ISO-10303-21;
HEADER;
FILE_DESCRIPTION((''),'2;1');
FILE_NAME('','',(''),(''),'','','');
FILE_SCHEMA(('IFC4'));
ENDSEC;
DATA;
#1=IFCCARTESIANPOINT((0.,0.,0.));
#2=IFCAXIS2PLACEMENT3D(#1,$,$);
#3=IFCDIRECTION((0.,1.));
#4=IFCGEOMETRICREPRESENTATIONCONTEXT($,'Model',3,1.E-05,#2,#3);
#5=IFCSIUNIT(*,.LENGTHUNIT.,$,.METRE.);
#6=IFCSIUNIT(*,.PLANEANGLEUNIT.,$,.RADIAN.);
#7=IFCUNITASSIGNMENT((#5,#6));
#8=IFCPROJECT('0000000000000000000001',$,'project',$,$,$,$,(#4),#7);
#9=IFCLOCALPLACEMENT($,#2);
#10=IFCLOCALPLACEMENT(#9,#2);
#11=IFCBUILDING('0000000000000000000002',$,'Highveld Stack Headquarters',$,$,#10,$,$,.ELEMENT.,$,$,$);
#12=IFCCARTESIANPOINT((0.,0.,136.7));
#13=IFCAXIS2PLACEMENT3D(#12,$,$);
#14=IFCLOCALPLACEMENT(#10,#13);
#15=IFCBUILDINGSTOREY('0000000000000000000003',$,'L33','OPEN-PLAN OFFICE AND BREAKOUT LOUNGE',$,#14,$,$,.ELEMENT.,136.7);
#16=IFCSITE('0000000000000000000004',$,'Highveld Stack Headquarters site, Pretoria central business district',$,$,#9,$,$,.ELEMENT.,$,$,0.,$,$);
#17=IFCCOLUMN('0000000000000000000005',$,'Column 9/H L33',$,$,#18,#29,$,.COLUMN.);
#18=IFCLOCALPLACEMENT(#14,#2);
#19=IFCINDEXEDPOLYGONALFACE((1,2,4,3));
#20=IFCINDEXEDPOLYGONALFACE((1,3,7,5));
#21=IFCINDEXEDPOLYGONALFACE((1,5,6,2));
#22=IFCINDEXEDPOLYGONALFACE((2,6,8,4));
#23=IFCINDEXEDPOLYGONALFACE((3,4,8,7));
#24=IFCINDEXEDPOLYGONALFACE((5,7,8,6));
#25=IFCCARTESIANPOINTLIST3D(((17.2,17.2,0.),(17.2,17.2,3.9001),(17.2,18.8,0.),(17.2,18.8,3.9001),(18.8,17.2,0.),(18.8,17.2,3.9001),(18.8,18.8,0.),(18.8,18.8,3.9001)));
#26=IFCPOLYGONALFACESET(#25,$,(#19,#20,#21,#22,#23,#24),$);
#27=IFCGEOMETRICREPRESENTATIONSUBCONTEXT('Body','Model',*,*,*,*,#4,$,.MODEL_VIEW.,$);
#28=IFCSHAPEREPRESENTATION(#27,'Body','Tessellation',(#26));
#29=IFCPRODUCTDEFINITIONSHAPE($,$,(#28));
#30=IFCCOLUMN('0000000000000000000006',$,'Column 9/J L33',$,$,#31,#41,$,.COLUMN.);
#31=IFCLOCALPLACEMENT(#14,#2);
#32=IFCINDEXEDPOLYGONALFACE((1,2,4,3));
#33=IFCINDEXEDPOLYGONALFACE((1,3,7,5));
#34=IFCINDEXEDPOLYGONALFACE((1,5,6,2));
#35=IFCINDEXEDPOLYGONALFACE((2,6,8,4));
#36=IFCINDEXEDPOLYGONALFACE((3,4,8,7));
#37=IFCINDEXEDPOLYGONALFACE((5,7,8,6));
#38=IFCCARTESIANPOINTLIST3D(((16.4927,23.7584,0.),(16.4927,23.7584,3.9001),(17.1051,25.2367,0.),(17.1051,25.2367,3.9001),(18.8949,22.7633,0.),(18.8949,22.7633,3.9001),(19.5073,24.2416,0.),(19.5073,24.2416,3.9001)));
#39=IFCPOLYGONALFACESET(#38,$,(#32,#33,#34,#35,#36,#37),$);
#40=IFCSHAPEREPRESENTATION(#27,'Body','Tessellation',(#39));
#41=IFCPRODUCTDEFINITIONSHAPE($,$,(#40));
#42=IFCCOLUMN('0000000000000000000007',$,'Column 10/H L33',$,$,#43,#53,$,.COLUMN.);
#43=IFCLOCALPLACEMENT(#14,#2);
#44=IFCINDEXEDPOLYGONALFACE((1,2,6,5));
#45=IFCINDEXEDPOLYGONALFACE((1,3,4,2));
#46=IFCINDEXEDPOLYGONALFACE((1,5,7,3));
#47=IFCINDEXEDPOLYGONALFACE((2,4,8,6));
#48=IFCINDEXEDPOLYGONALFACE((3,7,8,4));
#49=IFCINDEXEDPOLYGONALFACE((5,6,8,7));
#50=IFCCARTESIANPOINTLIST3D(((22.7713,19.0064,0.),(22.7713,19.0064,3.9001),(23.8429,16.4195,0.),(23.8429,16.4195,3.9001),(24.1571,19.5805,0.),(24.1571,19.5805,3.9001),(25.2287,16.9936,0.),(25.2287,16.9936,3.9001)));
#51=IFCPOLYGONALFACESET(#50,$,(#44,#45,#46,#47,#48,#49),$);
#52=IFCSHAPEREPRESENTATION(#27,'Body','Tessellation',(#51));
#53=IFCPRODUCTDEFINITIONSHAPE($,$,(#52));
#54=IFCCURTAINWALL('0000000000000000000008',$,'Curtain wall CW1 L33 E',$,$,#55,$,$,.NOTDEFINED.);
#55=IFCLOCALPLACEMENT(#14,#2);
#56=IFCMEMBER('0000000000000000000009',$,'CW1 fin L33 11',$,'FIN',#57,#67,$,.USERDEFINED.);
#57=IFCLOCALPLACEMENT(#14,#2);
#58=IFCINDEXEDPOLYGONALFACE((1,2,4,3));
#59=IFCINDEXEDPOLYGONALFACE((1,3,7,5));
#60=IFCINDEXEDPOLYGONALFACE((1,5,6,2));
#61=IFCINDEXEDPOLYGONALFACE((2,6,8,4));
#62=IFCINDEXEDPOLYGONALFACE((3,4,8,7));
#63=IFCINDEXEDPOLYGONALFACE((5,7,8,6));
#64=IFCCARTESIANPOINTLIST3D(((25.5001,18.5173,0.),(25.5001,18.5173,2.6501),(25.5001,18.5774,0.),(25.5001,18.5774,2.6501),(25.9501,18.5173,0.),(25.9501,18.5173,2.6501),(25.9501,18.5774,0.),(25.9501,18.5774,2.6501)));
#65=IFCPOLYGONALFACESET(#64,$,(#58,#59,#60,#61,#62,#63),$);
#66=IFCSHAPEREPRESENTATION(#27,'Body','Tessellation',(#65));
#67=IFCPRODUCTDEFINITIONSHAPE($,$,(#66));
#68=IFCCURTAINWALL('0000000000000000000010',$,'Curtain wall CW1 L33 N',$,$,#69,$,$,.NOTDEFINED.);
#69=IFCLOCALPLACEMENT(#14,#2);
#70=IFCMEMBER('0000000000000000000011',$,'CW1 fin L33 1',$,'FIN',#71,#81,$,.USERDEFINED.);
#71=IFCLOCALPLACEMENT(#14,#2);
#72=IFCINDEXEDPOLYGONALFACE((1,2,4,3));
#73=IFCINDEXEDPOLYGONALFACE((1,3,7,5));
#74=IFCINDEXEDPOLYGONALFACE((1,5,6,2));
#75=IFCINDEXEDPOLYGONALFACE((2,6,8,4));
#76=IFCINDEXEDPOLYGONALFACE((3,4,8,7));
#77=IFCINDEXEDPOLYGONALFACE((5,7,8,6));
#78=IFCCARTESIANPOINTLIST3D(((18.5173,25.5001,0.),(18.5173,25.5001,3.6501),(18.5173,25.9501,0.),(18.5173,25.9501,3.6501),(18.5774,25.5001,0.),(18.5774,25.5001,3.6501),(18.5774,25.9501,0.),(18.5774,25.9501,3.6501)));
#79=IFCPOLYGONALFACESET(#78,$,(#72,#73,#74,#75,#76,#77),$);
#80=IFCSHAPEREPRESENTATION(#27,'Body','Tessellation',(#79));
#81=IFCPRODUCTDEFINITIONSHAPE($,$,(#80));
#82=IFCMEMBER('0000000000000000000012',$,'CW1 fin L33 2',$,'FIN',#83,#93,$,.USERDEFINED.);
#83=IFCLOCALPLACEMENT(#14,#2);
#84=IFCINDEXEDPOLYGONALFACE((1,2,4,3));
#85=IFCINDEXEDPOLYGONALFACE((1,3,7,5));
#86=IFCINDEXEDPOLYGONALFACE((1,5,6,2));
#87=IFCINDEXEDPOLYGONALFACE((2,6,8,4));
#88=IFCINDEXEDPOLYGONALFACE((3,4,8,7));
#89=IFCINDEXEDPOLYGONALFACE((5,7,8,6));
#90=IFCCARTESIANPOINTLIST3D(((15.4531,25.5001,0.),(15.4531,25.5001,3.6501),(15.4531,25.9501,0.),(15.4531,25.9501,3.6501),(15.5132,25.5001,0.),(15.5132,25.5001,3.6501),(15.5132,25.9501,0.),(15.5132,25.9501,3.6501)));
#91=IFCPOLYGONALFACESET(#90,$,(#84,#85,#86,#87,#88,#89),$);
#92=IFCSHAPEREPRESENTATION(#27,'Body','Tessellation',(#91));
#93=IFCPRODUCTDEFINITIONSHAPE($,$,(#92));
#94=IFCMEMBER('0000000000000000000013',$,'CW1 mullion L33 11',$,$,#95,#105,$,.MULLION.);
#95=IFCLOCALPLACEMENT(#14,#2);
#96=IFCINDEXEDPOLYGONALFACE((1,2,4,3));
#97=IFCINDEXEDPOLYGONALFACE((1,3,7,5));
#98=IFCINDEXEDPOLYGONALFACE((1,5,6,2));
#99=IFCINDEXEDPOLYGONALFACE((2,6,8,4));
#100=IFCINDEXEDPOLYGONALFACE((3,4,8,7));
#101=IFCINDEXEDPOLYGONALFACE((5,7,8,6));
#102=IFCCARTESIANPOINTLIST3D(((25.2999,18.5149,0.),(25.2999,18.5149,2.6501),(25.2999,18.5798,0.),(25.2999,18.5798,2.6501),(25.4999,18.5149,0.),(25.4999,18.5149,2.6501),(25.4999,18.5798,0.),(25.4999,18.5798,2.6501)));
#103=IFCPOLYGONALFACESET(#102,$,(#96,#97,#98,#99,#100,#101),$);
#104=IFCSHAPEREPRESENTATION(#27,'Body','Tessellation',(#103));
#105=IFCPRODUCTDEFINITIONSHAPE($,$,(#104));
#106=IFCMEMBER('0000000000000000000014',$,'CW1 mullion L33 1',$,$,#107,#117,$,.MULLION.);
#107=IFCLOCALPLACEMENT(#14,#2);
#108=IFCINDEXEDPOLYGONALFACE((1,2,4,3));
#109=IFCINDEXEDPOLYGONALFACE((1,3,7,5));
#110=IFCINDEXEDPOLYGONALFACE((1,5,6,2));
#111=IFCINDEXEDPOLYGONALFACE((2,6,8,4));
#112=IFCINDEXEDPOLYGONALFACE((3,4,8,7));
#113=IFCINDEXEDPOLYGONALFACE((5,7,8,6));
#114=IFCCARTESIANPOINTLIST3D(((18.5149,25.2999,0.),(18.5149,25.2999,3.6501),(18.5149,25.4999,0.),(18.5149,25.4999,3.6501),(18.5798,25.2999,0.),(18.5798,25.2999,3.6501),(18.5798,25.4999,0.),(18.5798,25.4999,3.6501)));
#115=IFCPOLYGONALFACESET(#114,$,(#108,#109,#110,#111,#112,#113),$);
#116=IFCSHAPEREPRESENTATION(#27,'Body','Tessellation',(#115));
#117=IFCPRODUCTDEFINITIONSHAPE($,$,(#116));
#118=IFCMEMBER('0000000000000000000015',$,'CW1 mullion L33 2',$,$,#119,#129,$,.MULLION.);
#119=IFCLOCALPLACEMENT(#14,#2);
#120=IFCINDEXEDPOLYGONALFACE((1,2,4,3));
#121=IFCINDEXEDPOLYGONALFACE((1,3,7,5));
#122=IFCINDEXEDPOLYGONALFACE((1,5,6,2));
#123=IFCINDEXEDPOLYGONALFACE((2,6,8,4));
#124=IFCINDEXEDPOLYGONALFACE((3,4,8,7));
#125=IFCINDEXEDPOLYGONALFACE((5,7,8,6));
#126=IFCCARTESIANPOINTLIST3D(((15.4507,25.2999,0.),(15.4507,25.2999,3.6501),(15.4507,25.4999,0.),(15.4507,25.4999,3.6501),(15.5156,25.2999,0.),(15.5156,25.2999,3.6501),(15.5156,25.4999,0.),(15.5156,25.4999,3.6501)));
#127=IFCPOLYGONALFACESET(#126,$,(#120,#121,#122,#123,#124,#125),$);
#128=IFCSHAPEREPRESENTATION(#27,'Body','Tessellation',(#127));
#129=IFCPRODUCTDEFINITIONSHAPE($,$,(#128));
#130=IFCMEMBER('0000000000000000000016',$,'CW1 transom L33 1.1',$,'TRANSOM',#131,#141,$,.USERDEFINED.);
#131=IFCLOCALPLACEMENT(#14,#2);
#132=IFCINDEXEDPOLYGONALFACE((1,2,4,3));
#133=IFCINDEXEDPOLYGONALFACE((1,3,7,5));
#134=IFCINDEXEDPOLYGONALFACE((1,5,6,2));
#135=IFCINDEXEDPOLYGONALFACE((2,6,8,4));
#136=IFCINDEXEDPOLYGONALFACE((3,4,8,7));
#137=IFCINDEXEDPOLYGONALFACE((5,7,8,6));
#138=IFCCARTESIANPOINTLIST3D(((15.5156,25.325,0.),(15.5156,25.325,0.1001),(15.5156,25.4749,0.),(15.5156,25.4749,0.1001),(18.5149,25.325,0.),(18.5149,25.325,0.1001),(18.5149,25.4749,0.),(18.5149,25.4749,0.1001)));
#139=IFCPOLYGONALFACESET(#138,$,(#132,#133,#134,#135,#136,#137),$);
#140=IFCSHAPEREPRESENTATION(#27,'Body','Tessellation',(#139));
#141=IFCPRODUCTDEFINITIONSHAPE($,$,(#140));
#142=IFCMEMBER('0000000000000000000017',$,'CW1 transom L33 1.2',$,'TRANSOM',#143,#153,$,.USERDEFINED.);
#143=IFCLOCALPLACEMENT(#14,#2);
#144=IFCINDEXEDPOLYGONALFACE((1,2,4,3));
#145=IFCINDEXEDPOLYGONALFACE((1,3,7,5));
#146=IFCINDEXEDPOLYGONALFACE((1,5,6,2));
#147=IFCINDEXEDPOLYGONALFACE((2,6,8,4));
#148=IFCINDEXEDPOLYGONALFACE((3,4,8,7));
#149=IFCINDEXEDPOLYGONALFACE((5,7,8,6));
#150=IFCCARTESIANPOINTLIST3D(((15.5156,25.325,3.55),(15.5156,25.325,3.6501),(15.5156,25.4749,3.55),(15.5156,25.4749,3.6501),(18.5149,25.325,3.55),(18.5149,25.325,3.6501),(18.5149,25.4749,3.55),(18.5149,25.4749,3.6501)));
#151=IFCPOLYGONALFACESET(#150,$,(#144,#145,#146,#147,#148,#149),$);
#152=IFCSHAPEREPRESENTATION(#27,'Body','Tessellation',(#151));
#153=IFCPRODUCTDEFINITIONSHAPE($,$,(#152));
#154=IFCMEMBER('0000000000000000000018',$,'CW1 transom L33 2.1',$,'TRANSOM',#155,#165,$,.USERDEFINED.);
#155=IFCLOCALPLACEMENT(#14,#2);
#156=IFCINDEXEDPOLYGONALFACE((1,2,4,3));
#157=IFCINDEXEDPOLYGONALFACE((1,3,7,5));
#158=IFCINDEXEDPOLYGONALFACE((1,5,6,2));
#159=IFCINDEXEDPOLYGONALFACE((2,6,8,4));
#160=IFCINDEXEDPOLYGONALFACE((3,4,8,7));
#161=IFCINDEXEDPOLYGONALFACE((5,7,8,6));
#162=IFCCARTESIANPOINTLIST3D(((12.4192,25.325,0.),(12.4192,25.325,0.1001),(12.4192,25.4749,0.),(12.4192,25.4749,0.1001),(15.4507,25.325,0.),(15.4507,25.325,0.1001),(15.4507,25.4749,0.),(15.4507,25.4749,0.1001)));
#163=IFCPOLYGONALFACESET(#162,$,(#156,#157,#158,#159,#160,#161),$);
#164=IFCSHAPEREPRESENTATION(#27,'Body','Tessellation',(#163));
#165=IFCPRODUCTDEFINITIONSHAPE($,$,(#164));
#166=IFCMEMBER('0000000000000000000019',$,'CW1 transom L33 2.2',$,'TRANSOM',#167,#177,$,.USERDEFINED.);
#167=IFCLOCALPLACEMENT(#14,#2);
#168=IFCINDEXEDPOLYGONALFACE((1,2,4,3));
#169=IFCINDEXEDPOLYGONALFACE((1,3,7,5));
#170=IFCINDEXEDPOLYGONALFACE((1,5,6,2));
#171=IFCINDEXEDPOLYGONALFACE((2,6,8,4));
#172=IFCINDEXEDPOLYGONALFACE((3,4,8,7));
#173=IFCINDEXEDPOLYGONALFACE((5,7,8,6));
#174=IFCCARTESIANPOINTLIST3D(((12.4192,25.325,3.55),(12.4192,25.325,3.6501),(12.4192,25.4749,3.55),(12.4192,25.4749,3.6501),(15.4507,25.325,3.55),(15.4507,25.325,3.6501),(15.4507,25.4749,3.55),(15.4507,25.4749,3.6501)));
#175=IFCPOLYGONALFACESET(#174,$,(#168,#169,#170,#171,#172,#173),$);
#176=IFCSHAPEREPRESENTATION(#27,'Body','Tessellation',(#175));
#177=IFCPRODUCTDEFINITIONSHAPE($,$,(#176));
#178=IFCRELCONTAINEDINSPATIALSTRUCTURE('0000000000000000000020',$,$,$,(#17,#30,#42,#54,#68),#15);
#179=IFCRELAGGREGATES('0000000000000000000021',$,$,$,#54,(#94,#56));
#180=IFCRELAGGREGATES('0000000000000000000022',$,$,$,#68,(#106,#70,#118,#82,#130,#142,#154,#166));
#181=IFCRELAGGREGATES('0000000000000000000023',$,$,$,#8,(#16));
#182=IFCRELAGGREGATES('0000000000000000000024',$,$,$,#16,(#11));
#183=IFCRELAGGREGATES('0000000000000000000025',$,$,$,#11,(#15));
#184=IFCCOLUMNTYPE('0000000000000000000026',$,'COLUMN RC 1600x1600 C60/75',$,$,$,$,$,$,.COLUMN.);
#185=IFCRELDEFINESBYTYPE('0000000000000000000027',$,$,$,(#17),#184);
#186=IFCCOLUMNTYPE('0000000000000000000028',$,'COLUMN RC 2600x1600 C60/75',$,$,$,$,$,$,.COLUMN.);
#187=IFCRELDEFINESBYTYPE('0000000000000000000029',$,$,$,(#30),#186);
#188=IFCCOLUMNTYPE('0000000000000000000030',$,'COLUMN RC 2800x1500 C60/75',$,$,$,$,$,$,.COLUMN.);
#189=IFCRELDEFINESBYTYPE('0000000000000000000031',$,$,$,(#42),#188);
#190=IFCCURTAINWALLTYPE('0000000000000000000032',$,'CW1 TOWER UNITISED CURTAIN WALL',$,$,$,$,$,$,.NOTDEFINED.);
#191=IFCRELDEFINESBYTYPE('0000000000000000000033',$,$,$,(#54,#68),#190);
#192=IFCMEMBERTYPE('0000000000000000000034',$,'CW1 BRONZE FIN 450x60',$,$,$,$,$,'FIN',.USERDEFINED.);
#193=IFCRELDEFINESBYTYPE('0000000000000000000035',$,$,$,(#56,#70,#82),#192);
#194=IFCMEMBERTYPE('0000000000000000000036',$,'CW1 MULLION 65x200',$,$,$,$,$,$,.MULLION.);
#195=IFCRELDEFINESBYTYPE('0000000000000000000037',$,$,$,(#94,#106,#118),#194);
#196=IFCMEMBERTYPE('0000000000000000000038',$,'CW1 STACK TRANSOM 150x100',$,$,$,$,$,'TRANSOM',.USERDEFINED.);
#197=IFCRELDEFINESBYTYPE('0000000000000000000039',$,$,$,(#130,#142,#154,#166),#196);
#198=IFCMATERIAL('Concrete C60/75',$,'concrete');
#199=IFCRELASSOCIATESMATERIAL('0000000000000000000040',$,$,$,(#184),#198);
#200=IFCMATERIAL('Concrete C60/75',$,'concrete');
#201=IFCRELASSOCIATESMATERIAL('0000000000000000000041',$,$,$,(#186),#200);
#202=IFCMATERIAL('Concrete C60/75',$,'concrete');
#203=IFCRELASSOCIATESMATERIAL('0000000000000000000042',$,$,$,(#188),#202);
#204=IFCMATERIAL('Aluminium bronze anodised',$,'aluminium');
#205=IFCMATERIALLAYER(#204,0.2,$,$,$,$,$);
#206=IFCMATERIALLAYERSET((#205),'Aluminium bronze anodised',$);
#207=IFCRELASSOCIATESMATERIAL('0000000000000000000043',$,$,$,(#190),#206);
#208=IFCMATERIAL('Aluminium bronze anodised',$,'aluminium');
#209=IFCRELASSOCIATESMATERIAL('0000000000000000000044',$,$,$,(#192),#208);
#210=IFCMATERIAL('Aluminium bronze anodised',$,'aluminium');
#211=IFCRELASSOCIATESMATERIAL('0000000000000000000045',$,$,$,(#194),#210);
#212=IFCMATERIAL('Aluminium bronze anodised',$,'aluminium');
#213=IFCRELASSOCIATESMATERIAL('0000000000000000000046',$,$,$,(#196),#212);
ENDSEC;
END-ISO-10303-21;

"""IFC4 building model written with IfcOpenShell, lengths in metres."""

from ifc_helpers import new_model, si_unit, direction, frame, origin, origin_2d, place, context, subcontext, project, spatial, rectangle, extrude, material, layer, layer_set, material_profile, profile_set, type_object, element, aggregate, save


model = new_model("IFC4")

# Units and contexts
model_context = context("Model", 3, precision=1e-05, world=origin(), true_north=direction((0.0, 1.0)))
body_context = subcontext(model_context, "Body", "Model", "MODEL_VIEW")
ifc_project = project(units=[si_unit("LENGTHUNIT", "METRE"), si_unit("PLANEANGLEUNIT", "RADIAN")], contexts=[model_context])

# Site, building, storey
site_placement = place(None, origin())
site = spatial("IfcSite", under=ifc_project, at=site_placement, Name="Highveld Stack Headquarters site, Pretoria central business district", CompositionType="ELEMENT", RefElevation=0.0)
building_placement = place(site_placement, origin())
building = spatial("IfcBuilding", under=site, at=building_placement, Name="Highveld Stack Headquarters", CompositionType="ELEMENT")
storey_placement = place(building_placement, frame((0.0, 0.0, 136.7)))
storey = spatial("IfcBuildingStorey", under=building, at=storey_placement, Name="L33", Description="OPEN-PLAN OFFICE AND BREAKOUT LOUNGE", CompositionType="ELEMENT", Elevation=136.7)

# Columns
ifc_material_1 = material(Name="Concrete C60/75", Category="concrete")
ifc_material_profile_1 = material_profile(ifc_material_1, rectangle(XDim=1.6001, YDim=1.6001, at=origin_2d()), Name="RC 1600x1600")
ifc_profile_set_1 = profile_set([ifc_material_profile_1], Name="Concrete C60/75")
column_type_1 = type_object("IfcColumnType", Name="COLUMN RC 1600x1600 C60/75", PredefinedType="COLUMN", material=ifc_profile_set_1)
column_1_placement = place(storey_placement, frame((18.0, 18.0, 0.0), z_axis=(0.0, 0.0, 1.0), x_axis=(1.0, 0.0, 0.0)))
element("IfcColumn", 1, at=column_1_placement, inside=storey, type_object=column_type_1, Name="Column 9/H L33", PredefinedType="COLUMN", context=body_context, shape_type="SweptSolid", body=[
    extrude(rectangle(XDim=1.6001, YDim=1.6001, at=origin_2d()), origin(), (0.0, 0.0, 1.0), 3.9001),
])
ifc_material_2 = material(Name="Concrete C60/75", Category="concrete")
ifc_material_profile_2 = material_profile(ifc_material_2, rectangle(XDim=2.6001, YDim=1.6001, at=origin_2d()), Name="RC 2600x1600")
ifc_profile_set_2 = profile_set([ifc_material_profile_2], Name="Concrete C60/75")
column_type_2 = type_object("IfcColumnType", Name="COLUMN RC 2600x1600 C60/75", PredefinedType="COLUMN", material=ifc_profile_set_2)
column_2_placement = place(storey_placement, frame((18.0, 24.0, 0.0), z_axis=(0.0, 0.0, 1.0), x_axis=(0.92388, -0.382683, 0.0)))
element("IfcColumn", 2, at=column_2_placement, inside=storey, type_object=column_type_2, Name="Column 9/J L33", PredefinedType="COLUMN", context=body_context, shape_type="SweptSolid", body=[
    extrude(rectangle(XDim=2.6001, YDim=1.6001, at=origin_2d()), origin(), (0.0, 0.0, 1.0), 3.9001),
])
ifc_material_3 = material(Name="Concrete C60/75", Category="concrete")
ifc_material_profile_3 = material_profile(ifc_material_3, rectangle(XDim=2.8, YDim=1.5, at=origin_2d()), Name="RC 2800x1500")
ifc_profile_set_3 = profile_set([ifc_material_profile_3], Name="Concrete C60/75")
column_type_3 = type_object("IfcColumnType", Name="COLUMN RC 2800x1500 C60/75", PredefinedType="COLUMN", material=ifc_profile_set_3)
column_3_placement = place(storey_placement, frame((24.0, 18.0, 0.0), z_axis=(0.0, 0.0, 1.0), x_axis=(0.382683, -0.92388, 0.0)))
element("IfcColumn", 3, at=column_3_placement, inside=storey, type_object=column_type_3, Name="Column 10/H L33", PredefinedType="COLUMN", context=body_context, shape_type="SweptSolid", body=[
    extrude(rectangle(XDim=2.8, YDim=1.5, at=origin_2d()), origin(), (0.0, 0.0, 1.0), 3.9001),
])

# Curtain wall, member
ifc_material_4 = material(Name="Aluminium bronze anodised", Category="aluminium")
ifc_layer_1 = layer(ifc_material_4, 0.2)
ifc_layer_set_1 = layer_set([ifc_layer_1], Name="Aluminium bronze anodised")
curtain_wall_type_1 = type_object("IfcCurtainWallType", Name="CW1 TOWER UNITISED CURTAIN WALL", PredefinedType="NOTDEFINED", material=ifc_layer_set_1)
curtain_wall_1_placement = place(storey_placement, origin())
curtain_wall_1 = element("IfcCurtainWall", 4, at=curtain_wall_1_placement, inside=storey, type_object=curtain_wall_type_1, Name="Curtain wall CW1 L33 E", PredefinedType="NOTDEFINED")
ifc_material_5 = material(Name="Aluminium bronze anodised", Category="aluminium")
ifc_material_profile_4 = material_profile(ifc_material_5, rectangle(XDim=0.45, YDim=0.0601, at=origin_2d()), Name="FIN 450x60")
ifc_profile_set_4 = profile_set([ifc_material_profile_4], Name="Aluminium bronze anodised")
member_type_1 = type_object("IfcMemberType", Name="CW1 BRONZE FIN 450x60", ElementType="FIN", PredefinedType="USERDEFINED", material=ifc_profile_set_4)
member_1_placement = place(storey_placement, frame((25.7251, 18.5474, 0.0), z_axis=(0.0, 0.0, 1.0), x_axis=(-1.0, 0.0, 0.0)))
member_1 = element("IfcMember", 5, at=member_1_placement, type_object=member_type_1, Name="CW1 fin L33 11", ObjectType="FIN", PredefinedType="USERDEFINED", context=body_context, shape_type="SweptSolid", body=[
    extrude(rectangle(XDim=0.45, YDim=0.0601, at=origin_2d()), origin(), (0.0, 0.0, 1.0), 2.6501),
])

# Curtain wall, members
curtain_wall_2_placement = place(storey_placement, origin())
curtain_wall_2 = element("IfcCurtainWall", 6, at=curtain_wall_2_placement, inside=storey, type_object=curtain_wall_type_1, Name="Curtain wall CW1 L33 N", PredefinedType="NOTDEFINED")
member_2_placement = place(storey_placement, frame((18.5474, 25.7251, 0.0), z_axis=(0.0, 0.0, 1.0), x_axis=(0.0, -1.0, 0.0)))
member_2 = element("IfcMember", 7, at=member_2_placement, type_object=member_type_1, Name="CW1 fin L33 1", ObjectType="FIN", PredefinedType="USERDEFINED", context=body_context, shape_type="SweptSolid", body=[
    extrude(rectangle(XDim=0.45, YDim=0.0601, at=origin_2d()), origin(), (0.0, 0.0, 1.0), 3.6501),
])
member_3_placement = place(storey_placement, frame((15.4832, 25.7251, 0.0), z_axis=(0.0, 0.0, 1.0), x_axis=(0.0, -1.0, 0.0)))
member_3 = element("IfcMember", 8, at=member_3_placement, type_object=member_type_1, Name="CW1 fin L33 2", ObjectType="FIN", PredefinedType="USERDEFINED", context=body_context, shape_type="SweptSolid", body=[
    extrude(rectangle(XDim=0.45, YDim=0.0601, at=origin_2d()), origin(), (0.0, 0.0, 1.0), 3.6501),
])

# Members
ifc_material_6 = material(Name="Aluminium bronze anodised", Category="aluminium")
ifc_material_profile_5 = material_profile(ifc_material_6, rectangle(XDim=0.2, YDim=0.0649, at=origin_2d()), Name="CW1 MULLION 65x200")
ifc_profile_set_5 = profile_set([ifc_material_profile_5], Name="Aluminium bronze anodised")
member_type_2 = type_object("IfcMemberType", Name="CW1 MULLION 65x200", PredefinedType="MULLION", material=ifc_profile_set_5)
member_4_placement = place(storey_placement, frame((25.3999, 18.5474, 0.0), z_axis=(0.0, 0.0, 1.0), x_axis=(-1.0, 0.0, 0.0)))
member_4 = element("IfcMember", 9, at=member_4_placement, type_object=member_type_2, Name="CW1 mullion L33 11", PredefinedType="MULLION", context=body_context, shape_type="SweptSolid", body=[
    extrude(rectangle(XDim=0.2, YDim=0.0649, at=origin_2d()), origin(), (0.0, 0.0, 1.0), 2.6501),
])
aggregate(curtain_wall_1, [member_4, member_1])
member_5_placement = place(storey_placement, frame((18.5474, 25.3999, 0.0), z_axis=(0.0, 0.0, 1.0), x_axis=(0.0, -1.0, 0.0)))
member_5 = element("IfcMember", 10, at=member_5_placement, type_object=member_type_2, Name="CW1 mullion L33 1", PredefinedType="MULLION", context=body_context, shape_type="SweptSolid", body=[
    extrude(rectangle(XDim=0.2, YDim=0.0649, at=origin_2d()), origin(), (0.0, 0.0, 1.0), 3.6501),
])
member_6_placement = place(storey_placement, frame((15.4832, 25.3999, 0.0), z_axis=(0.0, 0.0, 1.0), x_axis=(0.0, -1.0, 0.0)))
member_6 = element("IfcMember", 11, at=member_6_placement, type_object=member_type_2, Name="CW1 mullion L33 2", PredefinedType="MULLION", context=body_context, shape_type="SweptSolid", body=[
    extrude(rectangle(XDim=0.2, YDim=0.0649, at=origin_2d()), origin(), (0.0, 0.0, 1.0), 3.6501),
])
ifc_material_7 = material(Name="Aluminium bronze anodised", Category="aluminium")
ifc_material_profile_6 = material_profile(ifc_material_7, rectangle(XDim=0.1499, YDim=0.1001, at=origin_2d()), Name="CW1 TRANSOM 150x100")
ifc_profile_set_6 = profile_set([ifc_material_profile_6], Name="Aluminium bronze anodised")
member_type_3 = type_object("IfcMemberType", Name="CW1 STACK TRANSOM 150x100", ElementType="TRANSOM", PredefinedType="USERDEFINED", material=ifc_profile_set_6)
member_7_placement = place(storey_placement, frame((18.5149, 25.3999, 0.05), z_axis=(-1.0, 0.0, 0.0), x_axis=(0.0, -1.0, 0.0)))
member_7 = element("IfcMember", 12, at=member_7_placement, type_object=member_type_3, Name="CW1 transom L33 1.1", ObjectType="TRANSOM", PredefinedType="USERDEFINED", context=body_context, shape_type="SweptSolid", body=[
    extrude(rectangle(XDim=0.1499, YDim=0.1001, at=origin_2d()), origin(), (0.0, 0.0, 1.0), 2.9993),
])
member_8_placement = place(storey_placement, frame((18.5149, 25.3999, 3.6001), z_axis=(-1.0, 0.0, 0.0), x_axis=(0.0, -1.0, 0.0)))
member_8 = element("IfcMember", 13, at=member_8_placement, type_object=member_type_3, Name="CW1 transom L33 1.2", ObjectType="TRANSOM", PredefinedType="USERDEFINED", context=body_context, shape_type="SweptSolid", body=[
    extrude(rectangle(XDim=0.1499, YDim=0.1001, at=origin_2d()), origin(), (0.0, 0.0, 1.0), 2.9993),
])
member_9_placement = place(storey_placement, frame((15.4507, 25.3999, 0.05), z_axis=(-1.0, 0.0, 0.0), x_axis=(0.0, -1.0, 0.0)))
member_9 = element("IfcMember", 14, at=member_9_placement, type_object=member_type_3, Name="CW1 transom L33 2.1", ObjectType="TRANSOM", PredefinedType="USERDEFINED", context=body_context, shape_type="SweptSolid", body=[
    extrude(rectangle(XDim=0.1499, YDim=0.1001, at=origin_2d()), origin(), (0.0, 0.0, 1.0), 3.0315),
])
member_10_placement = place(storey_placement, frame((15.4507, 25.3999, 3.6001), z_axis=(-1.0, 0.0, 0.0), x_axis=(0.0, -1.0, 0.0)))
member_10 = element("IfcMember", 15, at=member_10_placement, type_object=member_type_3, Name="CW1 transom L33 2.2", ObjectType="TRANSOM", PredefinedType="USERDEFINED", context=body_context, shape_type="SweptSolid", body=[
    extrude(rectangle(XDim=0.1499, YDim=0.1001, at=origin_2d()), origin(), (0.0, 0.0, 1.0), 3.0315),
])

aggregate(curtain_wall_2, [member_5, member_2, member_6, member_3, member_7, member_8, member_9, member_10])

save(model, "model.ifc")
